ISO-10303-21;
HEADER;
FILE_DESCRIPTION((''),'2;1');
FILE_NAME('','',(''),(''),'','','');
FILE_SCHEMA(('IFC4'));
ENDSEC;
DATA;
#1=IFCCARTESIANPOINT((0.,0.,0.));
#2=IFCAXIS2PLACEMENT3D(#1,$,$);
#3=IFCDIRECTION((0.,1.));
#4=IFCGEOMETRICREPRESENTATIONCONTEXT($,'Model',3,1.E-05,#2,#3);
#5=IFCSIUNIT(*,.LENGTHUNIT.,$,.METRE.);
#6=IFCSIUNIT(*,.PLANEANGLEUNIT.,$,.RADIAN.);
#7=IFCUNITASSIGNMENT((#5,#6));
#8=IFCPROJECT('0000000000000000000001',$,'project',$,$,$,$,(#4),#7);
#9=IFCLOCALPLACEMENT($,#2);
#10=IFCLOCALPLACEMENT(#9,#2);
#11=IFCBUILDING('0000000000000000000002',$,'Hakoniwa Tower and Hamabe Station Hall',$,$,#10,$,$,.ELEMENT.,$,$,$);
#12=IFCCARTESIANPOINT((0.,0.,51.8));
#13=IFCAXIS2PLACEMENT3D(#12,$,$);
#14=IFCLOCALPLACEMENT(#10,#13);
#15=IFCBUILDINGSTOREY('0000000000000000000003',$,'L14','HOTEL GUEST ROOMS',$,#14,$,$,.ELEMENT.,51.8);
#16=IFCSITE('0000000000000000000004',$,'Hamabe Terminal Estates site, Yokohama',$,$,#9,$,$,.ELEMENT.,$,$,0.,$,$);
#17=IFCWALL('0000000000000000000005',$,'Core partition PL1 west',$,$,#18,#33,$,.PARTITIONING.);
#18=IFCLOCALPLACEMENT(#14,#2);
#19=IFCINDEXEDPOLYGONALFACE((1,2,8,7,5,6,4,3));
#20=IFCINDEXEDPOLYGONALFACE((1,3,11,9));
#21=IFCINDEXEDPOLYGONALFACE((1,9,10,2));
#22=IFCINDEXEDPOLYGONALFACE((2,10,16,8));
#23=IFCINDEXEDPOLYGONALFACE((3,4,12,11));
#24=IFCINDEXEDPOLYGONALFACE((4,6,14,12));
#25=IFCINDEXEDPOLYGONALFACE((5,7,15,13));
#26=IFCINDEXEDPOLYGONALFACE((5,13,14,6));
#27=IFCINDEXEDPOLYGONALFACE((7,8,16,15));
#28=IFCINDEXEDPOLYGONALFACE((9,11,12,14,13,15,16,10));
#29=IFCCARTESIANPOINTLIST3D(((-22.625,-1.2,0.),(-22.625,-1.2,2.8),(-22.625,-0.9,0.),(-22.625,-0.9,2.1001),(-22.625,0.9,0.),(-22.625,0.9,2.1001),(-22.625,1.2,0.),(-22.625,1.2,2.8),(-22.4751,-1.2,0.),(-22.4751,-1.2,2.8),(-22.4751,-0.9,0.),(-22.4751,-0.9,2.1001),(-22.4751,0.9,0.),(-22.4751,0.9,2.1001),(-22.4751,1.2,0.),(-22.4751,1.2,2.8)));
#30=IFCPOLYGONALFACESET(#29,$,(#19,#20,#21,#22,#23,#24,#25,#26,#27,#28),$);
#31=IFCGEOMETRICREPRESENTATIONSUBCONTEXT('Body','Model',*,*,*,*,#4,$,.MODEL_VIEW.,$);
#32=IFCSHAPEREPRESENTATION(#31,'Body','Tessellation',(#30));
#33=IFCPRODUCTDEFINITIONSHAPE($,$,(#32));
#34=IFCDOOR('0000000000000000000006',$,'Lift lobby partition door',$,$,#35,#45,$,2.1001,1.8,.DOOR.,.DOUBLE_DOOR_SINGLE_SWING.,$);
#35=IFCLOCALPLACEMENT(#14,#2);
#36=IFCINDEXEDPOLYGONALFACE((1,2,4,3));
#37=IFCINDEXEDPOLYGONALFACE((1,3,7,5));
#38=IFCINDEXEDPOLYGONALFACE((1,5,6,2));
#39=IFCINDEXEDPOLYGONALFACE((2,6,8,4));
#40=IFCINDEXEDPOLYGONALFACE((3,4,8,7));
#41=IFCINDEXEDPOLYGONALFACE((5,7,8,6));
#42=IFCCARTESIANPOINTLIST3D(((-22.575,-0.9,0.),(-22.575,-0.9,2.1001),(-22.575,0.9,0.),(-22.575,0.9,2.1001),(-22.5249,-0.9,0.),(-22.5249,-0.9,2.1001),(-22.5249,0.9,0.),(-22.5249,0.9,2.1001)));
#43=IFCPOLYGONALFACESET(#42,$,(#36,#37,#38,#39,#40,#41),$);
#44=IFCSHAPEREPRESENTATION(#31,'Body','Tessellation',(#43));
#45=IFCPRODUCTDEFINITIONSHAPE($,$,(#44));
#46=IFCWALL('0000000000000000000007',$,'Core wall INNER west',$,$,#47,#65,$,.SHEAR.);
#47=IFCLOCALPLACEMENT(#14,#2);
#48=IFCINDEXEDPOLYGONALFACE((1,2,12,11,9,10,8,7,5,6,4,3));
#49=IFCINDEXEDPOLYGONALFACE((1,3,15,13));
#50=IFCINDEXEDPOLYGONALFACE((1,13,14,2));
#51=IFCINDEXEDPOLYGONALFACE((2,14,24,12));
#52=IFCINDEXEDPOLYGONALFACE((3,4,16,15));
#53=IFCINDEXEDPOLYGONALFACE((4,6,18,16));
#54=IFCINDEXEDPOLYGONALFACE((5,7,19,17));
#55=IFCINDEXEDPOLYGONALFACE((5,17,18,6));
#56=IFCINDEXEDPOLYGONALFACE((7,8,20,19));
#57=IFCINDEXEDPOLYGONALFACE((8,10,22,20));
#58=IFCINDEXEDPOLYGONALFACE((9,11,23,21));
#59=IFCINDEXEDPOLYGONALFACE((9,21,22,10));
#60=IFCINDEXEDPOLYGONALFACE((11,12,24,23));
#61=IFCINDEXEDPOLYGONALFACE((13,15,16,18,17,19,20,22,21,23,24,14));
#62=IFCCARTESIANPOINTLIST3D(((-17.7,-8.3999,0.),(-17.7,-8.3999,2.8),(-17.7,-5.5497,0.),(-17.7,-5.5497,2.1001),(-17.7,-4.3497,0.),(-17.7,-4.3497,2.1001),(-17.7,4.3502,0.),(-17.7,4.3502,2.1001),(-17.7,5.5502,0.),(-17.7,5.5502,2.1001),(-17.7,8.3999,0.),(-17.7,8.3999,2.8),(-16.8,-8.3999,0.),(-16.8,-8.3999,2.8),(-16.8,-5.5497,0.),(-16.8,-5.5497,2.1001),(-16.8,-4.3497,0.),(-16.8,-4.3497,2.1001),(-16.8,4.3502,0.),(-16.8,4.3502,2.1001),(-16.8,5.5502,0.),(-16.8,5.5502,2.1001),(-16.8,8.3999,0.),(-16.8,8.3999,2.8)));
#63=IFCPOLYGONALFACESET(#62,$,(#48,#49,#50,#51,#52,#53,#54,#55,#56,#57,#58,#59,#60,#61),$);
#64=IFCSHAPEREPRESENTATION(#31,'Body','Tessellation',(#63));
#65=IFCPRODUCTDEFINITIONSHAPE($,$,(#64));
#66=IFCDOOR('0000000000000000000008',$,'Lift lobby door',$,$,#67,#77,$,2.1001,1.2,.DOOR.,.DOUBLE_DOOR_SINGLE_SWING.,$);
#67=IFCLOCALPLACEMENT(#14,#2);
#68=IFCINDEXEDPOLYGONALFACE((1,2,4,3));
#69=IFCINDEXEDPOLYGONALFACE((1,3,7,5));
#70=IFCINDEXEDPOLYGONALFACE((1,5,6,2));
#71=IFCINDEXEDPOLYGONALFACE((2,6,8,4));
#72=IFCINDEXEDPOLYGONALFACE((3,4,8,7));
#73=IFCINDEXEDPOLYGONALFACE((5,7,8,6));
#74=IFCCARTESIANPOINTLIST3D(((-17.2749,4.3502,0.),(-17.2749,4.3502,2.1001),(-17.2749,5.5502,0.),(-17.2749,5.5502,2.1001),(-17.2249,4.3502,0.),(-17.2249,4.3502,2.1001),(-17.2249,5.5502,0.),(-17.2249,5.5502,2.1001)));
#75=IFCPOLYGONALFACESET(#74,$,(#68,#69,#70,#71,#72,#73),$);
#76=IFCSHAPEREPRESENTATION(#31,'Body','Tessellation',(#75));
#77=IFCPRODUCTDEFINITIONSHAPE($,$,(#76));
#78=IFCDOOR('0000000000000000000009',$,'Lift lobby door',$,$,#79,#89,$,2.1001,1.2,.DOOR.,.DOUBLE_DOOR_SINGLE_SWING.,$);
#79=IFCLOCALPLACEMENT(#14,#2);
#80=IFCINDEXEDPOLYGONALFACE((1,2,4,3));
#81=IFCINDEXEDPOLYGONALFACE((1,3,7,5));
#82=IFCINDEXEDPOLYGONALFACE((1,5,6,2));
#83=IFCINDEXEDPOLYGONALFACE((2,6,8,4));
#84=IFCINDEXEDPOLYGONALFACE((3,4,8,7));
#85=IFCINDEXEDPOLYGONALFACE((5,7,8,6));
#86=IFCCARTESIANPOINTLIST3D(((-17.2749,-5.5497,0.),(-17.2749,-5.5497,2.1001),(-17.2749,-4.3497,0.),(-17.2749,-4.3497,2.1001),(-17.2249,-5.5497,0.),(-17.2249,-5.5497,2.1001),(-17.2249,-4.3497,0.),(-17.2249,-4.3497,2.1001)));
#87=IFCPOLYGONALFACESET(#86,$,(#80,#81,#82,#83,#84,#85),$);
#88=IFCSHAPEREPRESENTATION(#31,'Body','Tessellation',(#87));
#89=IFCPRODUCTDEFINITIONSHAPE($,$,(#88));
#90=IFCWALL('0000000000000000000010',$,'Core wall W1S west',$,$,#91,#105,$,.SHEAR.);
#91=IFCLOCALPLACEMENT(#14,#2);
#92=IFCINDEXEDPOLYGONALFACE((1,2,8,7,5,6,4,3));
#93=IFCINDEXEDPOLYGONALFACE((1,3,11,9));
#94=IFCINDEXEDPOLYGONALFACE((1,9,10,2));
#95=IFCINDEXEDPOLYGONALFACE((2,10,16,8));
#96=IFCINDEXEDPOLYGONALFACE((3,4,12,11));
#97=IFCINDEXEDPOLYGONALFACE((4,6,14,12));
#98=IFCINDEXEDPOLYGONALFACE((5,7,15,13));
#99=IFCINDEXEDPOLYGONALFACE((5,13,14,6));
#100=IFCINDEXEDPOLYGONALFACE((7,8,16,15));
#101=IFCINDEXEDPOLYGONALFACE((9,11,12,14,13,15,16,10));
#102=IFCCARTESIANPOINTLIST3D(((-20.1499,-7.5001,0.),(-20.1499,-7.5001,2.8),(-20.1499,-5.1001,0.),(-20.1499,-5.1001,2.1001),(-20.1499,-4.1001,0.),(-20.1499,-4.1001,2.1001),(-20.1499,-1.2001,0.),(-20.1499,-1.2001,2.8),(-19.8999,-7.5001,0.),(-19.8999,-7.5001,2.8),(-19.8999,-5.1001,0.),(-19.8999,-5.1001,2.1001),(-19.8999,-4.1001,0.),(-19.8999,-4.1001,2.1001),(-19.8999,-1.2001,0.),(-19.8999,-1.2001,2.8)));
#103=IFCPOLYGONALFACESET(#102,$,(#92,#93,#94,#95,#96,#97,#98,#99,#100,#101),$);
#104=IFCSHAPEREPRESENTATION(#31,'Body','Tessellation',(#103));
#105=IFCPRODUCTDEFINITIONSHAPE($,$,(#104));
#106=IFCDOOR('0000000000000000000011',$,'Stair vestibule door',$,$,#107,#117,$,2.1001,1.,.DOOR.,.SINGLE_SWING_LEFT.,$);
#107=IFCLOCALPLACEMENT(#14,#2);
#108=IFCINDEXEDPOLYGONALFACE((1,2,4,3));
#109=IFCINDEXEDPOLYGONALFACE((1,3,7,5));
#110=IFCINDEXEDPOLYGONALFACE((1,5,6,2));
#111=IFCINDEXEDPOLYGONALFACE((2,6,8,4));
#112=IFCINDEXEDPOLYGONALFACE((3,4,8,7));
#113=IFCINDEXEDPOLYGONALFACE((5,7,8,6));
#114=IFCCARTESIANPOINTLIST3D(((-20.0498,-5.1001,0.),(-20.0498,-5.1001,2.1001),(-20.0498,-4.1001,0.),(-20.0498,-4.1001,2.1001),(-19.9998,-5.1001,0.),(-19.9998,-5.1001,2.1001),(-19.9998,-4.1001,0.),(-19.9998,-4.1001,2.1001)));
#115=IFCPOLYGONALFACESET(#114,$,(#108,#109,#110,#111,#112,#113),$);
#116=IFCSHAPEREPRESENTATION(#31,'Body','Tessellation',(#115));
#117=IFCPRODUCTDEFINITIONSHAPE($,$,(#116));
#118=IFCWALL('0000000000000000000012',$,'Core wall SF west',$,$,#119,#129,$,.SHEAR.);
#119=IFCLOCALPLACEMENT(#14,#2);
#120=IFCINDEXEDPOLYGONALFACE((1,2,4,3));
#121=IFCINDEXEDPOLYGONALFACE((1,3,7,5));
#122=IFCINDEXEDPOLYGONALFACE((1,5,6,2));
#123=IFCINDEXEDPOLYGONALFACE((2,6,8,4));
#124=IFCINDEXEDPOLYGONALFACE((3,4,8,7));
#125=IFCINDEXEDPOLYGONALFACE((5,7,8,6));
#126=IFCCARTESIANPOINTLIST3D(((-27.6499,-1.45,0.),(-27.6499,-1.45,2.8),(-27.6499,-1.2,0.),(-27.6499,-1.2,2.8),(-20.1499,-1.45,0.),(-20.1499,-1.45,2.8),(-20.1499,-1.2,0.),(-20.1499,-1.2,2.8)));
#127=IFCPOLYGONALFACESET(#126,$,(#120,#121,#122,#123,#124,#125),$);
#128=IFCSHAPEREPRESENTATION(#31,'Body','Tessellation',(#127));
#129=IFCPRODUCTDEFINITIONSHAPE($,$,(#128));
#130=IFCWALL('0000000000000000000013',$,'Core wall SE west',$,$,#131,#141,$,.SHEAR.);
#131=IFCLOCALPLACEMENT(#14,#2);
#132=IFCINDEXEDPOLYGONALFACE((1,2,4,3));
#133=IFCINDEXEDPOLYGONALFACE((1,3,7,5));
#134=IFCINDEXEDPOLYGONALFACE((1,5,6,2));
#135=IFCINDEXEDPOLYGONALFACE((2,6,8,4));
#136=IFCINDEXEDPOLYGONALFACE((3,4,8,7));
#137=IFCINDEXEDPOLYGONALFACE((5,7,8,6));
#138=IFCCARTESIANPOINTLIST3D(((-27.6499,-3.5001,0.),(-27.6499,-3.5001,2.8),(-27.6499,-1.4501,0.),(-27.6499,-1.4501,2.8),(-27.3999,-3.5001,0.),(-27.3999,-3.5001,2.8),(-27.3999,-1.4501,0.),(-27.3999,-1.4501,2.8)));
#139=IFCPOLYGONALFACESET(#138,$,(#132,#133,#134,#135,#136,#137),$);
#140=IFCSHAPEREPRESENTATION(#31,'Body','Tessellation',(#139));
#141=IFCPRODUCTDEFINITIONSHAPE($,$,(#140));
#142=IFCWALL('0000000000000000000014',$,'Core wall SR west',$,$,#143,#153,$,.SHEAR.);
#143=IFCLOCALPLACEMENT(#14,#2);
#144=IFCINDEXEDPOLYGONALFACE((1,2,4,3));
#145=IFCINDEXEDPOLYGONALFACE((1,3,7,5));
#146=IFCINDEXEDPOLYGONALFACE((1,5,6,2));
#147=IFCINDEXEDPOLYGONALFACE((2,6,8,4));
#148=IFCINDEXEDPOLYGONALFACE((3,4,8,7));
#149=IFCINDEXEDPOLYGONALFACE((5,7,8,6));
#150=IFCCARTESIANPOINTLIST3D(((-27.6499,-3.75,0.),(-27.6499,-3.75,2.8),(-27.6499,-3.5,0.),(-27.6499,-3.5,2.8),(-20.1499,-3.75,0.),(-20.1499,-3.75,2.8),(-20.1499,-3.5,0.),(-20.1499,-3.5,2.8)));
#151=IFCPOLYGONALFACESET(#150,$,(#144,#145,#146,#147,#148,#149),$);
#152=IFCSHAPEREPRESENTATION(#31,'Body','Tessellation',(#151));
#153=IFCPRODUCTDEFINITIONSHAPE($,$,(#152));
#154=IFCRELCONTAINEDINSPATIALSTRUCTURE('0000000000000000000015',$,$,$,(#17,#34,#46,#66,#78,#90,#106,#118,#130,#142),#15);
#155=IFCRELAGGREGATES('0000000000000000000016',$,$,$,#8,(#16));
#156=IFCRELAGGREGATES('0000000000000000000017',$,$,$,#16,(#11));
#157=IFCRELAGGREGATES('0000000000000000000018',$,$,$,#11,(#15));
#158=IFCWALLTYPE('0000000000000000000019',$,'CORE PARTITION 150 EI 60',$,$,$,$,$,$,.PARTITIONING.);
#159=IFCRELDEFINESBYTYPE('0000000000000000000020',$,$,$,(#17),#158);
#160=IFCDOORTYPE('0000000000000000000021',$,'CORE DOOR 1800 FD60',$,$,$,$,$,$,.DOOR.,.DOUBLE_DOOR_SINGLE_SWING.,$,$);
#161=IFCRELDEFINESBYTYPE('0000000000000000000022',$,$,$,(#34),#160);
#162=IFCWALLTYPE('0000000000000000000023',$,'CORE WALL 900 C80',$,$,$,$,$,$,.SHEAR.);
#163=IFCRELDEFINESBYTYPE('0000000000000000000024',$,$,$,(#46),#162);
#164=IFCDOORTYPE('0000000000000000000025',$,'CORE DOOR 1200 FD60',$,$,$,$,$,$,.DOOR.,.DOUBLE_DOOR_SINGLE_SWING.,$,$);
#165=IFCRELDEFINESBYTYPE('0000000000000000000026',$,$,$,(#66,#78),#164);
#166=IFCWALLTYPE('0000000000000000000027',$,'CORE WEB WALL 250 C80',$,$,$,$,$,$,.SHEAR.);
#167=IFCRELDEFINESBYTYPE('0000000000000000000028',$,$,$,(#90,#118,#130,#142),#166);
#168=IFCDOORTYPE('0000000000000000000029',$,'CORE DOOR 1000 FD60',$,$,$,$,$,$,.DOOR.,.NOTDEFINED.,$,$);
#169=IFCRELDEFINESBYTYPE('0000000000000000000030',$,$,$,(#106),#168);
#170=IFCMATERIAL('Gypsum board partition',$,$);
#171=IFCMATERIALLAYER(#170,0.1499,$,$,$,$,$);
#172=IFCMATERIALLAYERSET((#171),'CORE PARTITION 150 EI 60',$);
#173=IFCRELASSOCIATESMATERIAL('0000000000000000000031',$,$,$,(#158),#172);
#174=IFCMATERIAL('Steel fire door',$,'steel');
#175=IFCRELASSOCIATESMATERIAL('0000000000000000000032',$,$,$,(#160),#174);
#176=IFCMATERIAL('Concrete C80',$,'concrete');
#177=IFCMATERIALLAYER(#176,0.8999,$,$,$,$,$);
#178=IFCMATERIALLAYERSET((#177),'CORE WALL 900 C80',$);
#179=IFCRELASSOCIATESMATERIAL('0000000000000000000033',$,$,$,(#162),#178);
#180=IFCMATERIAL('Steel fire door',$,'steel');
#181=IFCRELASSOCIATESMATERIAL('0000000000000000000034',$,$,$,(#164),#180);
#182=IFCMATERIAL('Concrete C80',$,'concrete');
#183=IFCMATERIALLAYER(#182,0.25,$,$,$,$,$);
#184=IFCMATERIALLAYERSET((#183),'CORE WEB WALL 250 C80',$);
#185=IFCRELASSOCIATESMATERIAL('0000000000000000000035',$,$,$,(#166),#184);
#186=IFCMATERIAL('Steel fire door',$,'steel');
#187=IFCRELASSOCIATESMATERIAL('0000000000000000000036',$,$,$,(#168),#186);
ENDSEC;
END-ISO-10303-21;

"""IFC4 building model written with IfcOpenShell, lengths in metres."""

from ifc_helpers import new_model, si_unit, direction, frame, frame_2d, origin, place, context, subcontext, project, spatial, rectangle, extrude, material, layer, layer_set, type_object, element, fill, save


model = new_model("IFC4")

# Units and contexts
model_context = context("Model", 3, precision=1e-05, world=origin(), true_north=direction((0.0, 1.0)))
body_context = subcontext(model_context, "Body", "Model", "MODEL_VIEW")
ifc_project = project(units=[si_unit("LENGTHUNIT", "METRE"), si_unit("PLANEANGLEUNIT", "RADIAN")], contexts=[model_context])

# Site, building, storey
site_placement = place(None, origin())
site = spatial("IfcSite", under=ifc_project, at=site_placement, Name="Hamabe Terminal Estates site, Yokohama", CompositionType="ELEMENT", RefElevation=0.0)
building_placement = place(site_placement, origin())
building = spatial("IfcBuilding", under=site, at=building_placement, Name="Hakoniwa Tower and Hamabe Station Hall", CompositionType="ELEMENT")
storey_placement = place(building_placement, frame((0.0, 0.0, 51.8)))
storey = spatial("IfcBuildingStorey", under=building, at=storey_placement, Name="L14", Description="HOTEL GUEST ROOMS", CompositionType="ELEMENT", Elevation=51.8)

# Wall, opening, door
ifc_material_1 = material(Name="Gypsum board partition")
ifc_layer_1 = layer(ifc_material_1, 0.1499)
ifc_layer_set_1 = layer_set([ifc_layer_1], Name="CORE PARTITION 150 EI 60")
wall_type_1 = type_object("IfcWallType", Name="CORE PARTITION 150 EI 60", PredefinedType="PARTITIONING", material=ifc_layer_set_1)
ifc_material_2 = material(Name="Steel fire door", Category="steel")
door_type_1 = type_object("IfcDoorType", Name="CORE DOOR 1800 FD60", OperationType="DOUBLE_DOOR_SINGLE_SWING", PredefinedType="DOOR", material=ifc_material_2)
wall_1_placement = place(storey_placement, frame((-22.55, -1.2, 0.0), z_axis=(0.0, 0.0, 1.0), x_axis=(0.0, 1.0, 0.0)))
wall_1 = element("IfcWall", 1, at=wall_1_placement, inside=storey, type_object=wall_type_1, Name="Core partition PL1 west", PredefinedType="PARTITIONING", context=body_context, shape_type="SweptSolid", body=[
    extrude(rectangle(XDim=2.3999, YDim=0.1499, at=frame_2d((1.2, 0.0))), origin(), (0.0, 0.0, 1.0), 2.8),
])
opening_1_placement = place(wall_1_placement, frame((0.3, 0.0, 0.0)))
opening_1 = element("IfcOpeningElement", 2, at=opening_1_placement, cuts=wall_1, PredefinedType="OPENING", context=body_context, shape_type="SweptSolid", body=[
    extrude(rectangle(XDim=1.8, YDim=2.1001, at=frame_2d((0.8999, 1.05))), frame((0.0, 0.085, 0.0), z_axis=(0.0, -1.0, 0.0), x_axis=(1.0, 0.0, 0.0)), (0.0, 0.0, 1.0), 0.1699),
])
door_1_placement = place(opening_1_placement, origin())
door_1 = element("IfcDoor", 3, at=door_1_placement, inside=storey, type_object=door_type_1, Name="Lift lobby partition door", OperationType="DOUBLE_DOOR_SINGLE_SWING", OverallHeight=2.1001, OverallWidth=1.8, PredefinedType="DOOR", context=body_context, shape_type="SweptSolid", body=[
    extrude(rectangle(XDim=1.8, YDim=2.1001, at=frame_2d((0.8999, 1.05))), frame((0.0, 0.0249, 0.0), z_axis=(0.0, -1.0, 0.0), x_axis=(1.0, 0.0, 0.0)), (0.0, 0.0, 1.0), 0.05),
])
fill(opening_1, door_1)

# Wall, openings, doors
ifc_material_3 = material(Name="Concrete C80", Category="concrete")
ifc_layer_2 = layer(ifc_material_3, 0.8999)
ifc_layer_set_2 = layer_set([ifc_layer_2], Name="CORE WALL 900 C80")
wall_type_2 = type_object("IfcWallType", Name="CORE WALL 900 C80", PredefinedType="SHEAR", material=ifc_layer_set_2)
wall_2_placement = place(storey_placement, frame((-17.25, -8.3999, 0.0), z_axis=(0.0, 0.0, 1.0), x_axis=(0.0, 1.0, 0.0)))
wall_2 = element("IfcWall", 4, at=wall_2_placement, inside=storey, type_object=wall_type_2, Name="Core wall INNER west", PredefinedType="SHEAR", context=body_context, shape_type="SweptSolid", body=[
    extrude(rectangle(XDim=16.7998, YDim=0.8999, at=frame_2d((8.3999, 0.0))), origin(), (0.0, 0.0, 1.0), 2.8),
])
opening_2_placement = place(wall_2_placement, frame((12.75, 0.0, 0.0)))
opening_2 = element("IfcOpeningElement", 5, at=opening_2_placement, cuts=wall_2, PredefinedType="OPENING", context=body_context, shape_type="SweptSolid", body=[
    extrude(rectangle(XDim=1.2, YDim=2.1001, at=frame_2d((0.6001, 1.05))), frame((0.0, 0.46, 0.0), z_axis=(0.0, -1.0, 0.0), x_axis=(1.0, 0.0, 0.0)), (0.0, 0.0, 1.0), 0.9199),
])
opening_3_placement = place(wall_2_placement, frame((2.8501, 0.0, 0.0)))
opening_3 = element("IfcOpeningElement", 6, at=opening_3_placement, cuts=wall_2, PredefinedType="OPENING", context=body_context, shape_type="SweptSolid", body=[
    extrude(rectangle(XDim=1.2, YDim=2.1001, at=frame_2d((0.6001, 1.05))), frame((0.0, 0.46, 0.0), z_axis=(0.0, -1.0, 0.0), x_axis=(1.0, 0.0, 0.0)), (0.0, 0.0, 1.0), 0.9199),
])
ifc_material_4 = material(Name="Steel fire door", Category="steel")
door_type_2 = type_object("IfcDoorType", Name="CORE DOOR 1200 FD60", OperationType="DOUBLE_DOOR_SINGLE_SWING", PredefinedType="DOOR", material=ifc_material_4)
door_2_placement = place(opening_2_placement, origin())
door_2 = element("IfcDoor", 7, at=door_2_placement, inside=storey, type_object=door_type_2, Name="Lift lobby door", OperationType="DOUBLE_DOOR_SINGLE_SWING", OverallHeight=2.1001, OverallWidth=1.2, PredefinedType="DOOR", context=body_context, shape_type="SweptSolid", body=[
    extrude(rectangle(XDim=1.2, YDim=2.1001, at=frame_2d((0.6001, 1.05))), frame((0.0, 0.0249, 0.0), z_axis=(0.0, -1.0, 0.0), x_axis=(1.0, 0.0, 0.0)), (0.0, 0.0, 1.0), 0.05),
])
fill(opening_2, door_2)
door_3_placement = place(opening_3_placement, origin())
door_3 = element("IfcDoor", 8, at=door_3_placement, inside=storey, type_object=door_type_2, Name="Lift lobby door", OperationType="DOUBLE_DOOR_SINGLE_SWING", OverallHeight=2.1001, OverallWidth=1.2, PredefinedType="DOOR", context=body_context, shape_type="SweptSolid", body=[
    extrude(rectangle(XDim=1.2, YDim=2.1001, at=frame_2d((0.6001, 1.05))), frame((0.0, 0.0249, 0.0), z_axis=(0.0, -1.0, 0.0), x_axis=(1.0, 0.0, 0.0)), (0.0, 0.0, 1.0), 0.05),
])
fill(opening_3, door_3)

# Wall, opening, door
ifc_material_5 = material(Name="Concrete C80", Category="concrete")
ifc_layer_3 = layer(ifc_material_5, 0.25)
ifc_layer_set_3 = layer_set([ifc_layer_3], Name="CORE WEB WALL 250 C80")
wall_type_3 = type_object("IfcWallType", Name="CORE WEB WALL 250 C80", PredefinedType="SHEAR", material=ifc_layer_set_3)
wall_3_placement = place(storey_placement, frame((-20.0249, -7.5, 0.0), z_axis=(0.0, 0.0, 1.0), x_axis=(0.0, 1.0, 0.0)))
wall_3 = element("IfcWall", 9, at=wall_3_placement, inside=storey, type_object=wall_type_3, Name="Core wall W1S west", PredefinedType="SHEAR", context=body_context, shape_type="SweptSolid", body=[
    extrude(rectangle(XDim=6.3, YDim=0.25, at=frame_2d((3.1499, 0.0))), origin(), (0.0, 0.0, 1.0), 2.8),
])
opening_4_placement = place(wall_3_placement, frame((2.3999, 0.0, 0.0)))
opening_4 = element("IfcOpeningElement", 10, at=opening_4_placement, cuts=wall_3, PredefinedType="OPENING", context=body_context, shape_type="SweptSolid", body=[
    extrude(rectangle(XDim=1.0, YDim=2.1001, at=frame_2d((0.5, 1.05))), frame((0.0, 0.135, 0.0), z_axis=(0.0, -1.0, 0.0), x_axis=(1.0, 0.0, 0.0)), (0.0, 0.0, 1.0), 0.27),
])
ifc_material_6 = material(Name="Steel fire door", Category="steel")
door_type_3 = type_object("IfcDoorType", Name="CORE DOOR 1000 FD60", OperationType="NOTDEFINED", PredefinedType="DOOR", material=ifc_material_6)
door_4_placement = place(opening_4_placement, origin())
door_4 = element("IfcDoor", 11, at=door_4_placement, inside=storey, type_object=door_type_3, Name="Stair vestibule door", OperationType="SINGLE_SWING_LEFT", OverallHeight=2.1001, OverallWidth=1.0, PredefinedType="DOOR", context=body_context, shape_type="SweptSolid", body=[
    extrude(rectangle(XDim=1.0, YDim=2.1001, at=frame_2d((0.5, 1.05))), frame((0.0, 0.0249, 0.0), z_axis=(0.0, -1.0, 0.0), x_axis=(1.0, 0.0, 0.0)), (0.0, 0.0, 1.0), 0.05),
])
fill(opening_4, door_4)

# Walls
wall_4_placement = place(storey_placement, frame((-27.6499, -1.325, 0.0), z_axis=(0.0, 0.0, 1.0), x_axis=(1.0, 0.0, 0.0)))
element("IfcWall", 12, at=wall_4_placement, inside=storey, type_object=wall_type_3, Name="Core wall SF west", PredefinedType="SHEAR", context=body_context, shape_type="SweptSolid", body=[
    extrude(rectangle(XDim=7.5, YDim=0.25, at=frame_2d((3.75, 0.0))), origin(), (0.0, 0.0, 1.0), 2.8),
])
wall_5_placement = place(storey_placement, frame((-27.5249, -3.5, 0.0), z_axis=(0.0, 0.0, 1.0), x_axis=(0.0, 1.0, 0.0)))
element("IfcWall", 13, at=wall_5_placement, inside=storey, type_object=wall_type_3, Name="Core wall SE west", PredefinedType="SHEAR", context=body_context, shape_type="SweptSolid", body=[
    extrude(rectangle(XDim=2.05, YDim=0.25, at=frame_2d((1.0249, 0.0))), origin(), (0.0, 0.0, 1.0), 2.8),
])
wall_6_placement = place(storey_placement, frame((-27.6499, -3.625, 0.0), z_axis=(0.0, 0.0, 1.0), x_axis=(1.0, 0.0, 0.0)))
element("IfcWall", 14, at=wall_6_placement, inside=storey, type_object=wall_type_3, Name="Core wall SR west", PredefinedType="SHEAR", context=body_context, shape_type="SweptSolid", body=[
    extrude(rectangle(XDim=7.5, YDim=0.25, at=frame_2d((3.75, 0.0))), origin(), (0.0, 0.0, 1.0), 2.8),
])

save(model, "model.ifc")
